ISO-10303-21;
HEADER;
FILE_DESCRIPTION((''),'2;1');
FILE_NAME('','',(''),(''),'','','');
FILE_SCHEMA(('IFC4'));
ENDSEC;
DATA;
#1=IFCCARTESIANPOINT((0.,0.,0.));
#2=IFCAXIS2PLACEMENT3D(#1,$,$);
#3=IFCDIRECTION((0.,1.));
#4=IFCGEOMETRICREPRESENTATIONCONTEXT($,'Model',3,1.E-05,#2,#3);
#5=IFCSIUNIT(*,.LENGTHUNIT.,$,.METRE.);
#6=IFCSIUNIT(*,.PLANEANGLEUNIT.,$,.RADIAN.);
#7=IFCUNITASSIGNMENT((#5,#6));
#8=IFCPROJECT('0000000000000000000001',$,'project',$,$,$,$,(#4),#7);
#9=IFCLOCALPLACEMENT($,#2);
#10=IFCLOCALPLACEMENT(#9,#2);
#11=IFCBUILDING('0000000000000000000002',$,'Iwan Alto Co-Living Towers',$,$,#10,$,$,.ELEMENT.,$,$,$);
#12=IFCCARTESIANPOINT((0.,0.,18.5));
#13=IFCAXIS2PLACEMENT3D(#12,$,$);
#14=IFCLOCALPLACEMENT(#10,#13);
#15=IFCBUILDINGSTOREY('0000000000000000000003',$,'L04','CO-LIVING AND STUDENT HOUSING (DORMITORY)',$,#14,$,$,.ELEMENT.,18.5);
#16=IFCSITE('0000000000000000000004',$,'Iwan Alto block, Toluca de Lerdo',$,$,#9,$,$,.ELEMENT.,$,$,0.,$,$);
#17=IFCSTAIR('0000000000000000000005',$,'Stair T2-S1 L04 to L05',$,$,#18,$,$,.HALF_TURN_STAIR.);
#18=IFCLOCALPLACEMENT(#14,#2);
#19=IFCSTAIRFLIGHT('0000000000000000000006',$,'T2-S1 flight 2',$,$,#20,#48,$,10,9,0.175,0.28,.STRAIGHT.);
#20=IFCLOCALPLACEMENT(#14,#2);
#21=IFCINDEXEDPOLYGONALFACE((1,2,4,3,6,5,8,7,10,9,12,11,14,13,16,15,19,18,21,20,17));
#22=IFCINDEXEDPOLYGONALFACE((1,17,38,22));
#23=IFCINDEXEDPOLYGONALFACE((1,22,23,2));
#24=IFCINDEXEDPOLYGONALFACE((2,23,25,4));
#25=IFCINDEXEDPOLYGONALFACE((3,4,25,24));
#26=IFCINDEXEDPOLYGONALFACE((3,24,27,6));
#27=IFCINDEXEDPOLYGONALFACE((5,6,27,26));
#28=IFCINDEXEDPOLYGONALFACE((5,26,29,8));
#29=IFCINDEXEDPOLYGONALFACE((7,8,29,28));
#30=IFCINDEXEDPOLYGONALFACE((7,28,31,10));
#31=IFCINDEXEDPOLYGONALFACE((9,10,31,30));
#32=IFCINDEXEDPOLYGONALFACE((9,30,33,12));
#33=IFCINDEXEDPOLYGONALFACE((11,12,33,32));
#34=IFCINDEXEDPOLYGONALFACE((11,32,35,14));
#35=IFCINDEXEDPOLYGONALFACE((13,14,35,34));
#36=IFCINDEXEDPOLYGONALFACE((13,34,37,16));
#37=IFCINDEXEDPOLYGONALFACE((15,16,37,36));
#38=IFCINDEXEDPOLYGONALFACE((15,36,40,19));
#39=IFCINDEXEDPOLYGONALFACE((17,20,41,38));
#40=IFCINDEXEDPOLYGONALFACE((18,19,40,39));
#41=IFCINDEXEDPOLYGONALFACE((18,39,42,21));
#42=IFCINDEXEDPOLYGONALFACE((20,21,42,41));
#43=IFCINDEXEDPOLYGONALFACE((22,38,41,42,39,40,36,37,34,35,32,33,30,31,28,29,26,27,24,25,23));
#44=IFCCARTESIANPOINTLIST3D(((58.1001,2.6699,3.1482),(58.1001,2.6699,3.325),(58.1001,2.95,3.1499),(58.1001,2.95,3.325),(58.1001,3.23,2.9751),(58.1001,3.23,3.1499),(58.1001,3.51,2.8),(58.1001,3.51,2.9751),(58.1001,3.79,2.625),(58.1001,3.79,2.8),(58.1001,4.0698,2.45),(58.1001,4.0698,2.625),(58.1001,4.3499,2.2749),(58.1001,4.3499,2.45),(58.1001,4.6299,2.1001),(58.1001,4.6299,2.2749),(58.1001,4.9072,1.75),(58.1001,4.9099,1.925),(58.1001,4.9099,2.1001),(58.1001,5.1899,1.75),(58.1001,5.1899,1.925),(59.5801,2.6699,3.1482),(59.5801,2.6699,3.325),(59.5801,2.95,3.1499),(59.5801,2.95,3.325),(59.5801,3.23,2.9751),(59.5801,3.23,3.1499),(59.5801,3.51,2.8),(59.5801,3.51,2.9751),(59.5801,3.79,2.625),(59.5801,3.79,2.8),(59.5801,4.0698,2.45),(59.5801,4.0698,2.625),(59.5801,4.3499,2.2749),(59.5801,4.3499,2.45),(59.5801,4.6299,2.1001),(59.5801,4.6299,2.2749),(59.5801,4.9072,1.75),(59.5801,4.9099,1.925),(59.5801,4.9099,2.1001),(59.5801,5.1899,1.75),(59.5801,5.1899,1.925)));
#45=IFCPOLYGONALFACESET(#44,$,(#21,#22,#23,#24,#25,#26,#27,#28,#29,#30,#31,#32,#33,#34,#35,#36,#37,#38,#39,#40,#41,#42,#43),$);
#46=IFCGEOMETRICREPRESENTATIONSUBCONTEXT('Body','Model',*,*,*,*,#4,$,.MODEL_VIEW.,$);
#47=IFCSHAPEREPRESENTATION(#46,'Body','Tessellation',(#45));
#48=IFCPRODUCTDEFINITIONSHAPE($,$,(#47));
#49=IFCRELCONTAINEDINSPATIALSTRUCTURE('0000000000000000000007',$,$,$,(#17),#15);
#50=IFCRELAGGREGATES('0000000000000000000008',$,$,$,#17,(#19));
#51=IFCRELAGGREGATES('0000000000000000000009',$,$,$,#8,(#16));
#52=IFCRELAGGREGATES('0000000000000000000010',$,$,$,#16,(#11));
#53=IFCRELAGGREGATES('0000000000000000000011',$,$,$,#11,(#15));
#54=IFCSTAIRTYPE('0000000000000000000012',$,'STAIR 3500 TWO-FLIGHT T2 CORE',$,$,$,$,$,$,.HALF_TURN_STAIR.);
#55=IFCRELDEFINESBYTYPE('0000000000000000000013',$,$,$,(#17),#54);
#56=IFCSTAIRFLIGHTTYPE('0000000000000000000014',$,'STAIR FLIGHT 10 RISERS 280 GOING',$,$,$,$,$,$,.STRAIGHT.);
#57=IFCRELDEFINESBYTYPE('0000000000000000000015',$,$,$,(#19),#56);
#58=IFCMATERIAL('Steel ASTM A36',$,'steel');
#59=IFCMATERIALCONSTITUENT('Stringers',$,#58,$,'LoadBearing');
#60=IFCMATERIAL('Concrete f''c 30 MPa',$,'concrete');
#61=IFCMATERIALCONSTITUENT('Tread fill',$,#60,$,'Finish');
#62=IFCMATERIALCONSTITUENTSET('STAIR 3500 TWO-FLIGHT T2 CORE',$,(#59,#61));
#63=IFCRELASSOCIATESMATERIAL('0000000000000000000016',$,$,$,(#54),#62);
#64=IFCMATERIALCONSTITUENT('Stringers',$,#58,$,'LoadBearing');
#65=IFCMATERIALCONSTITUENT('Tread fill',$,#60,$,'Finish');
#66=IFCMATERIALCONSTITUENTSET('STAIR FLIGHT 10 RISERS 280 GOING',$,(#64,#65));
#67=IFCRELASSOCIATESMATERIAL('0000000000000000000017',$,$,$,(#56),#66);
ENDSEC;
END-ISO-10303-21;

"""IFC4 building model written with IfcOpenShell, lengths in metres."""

from ifc_helpers import new_model, si_unit, direction, frame, origin, place, context, subcontext, project, spatial, polyline, outline, extrude, material, constituent, constituent_set, type_object, element, aggregate, save


model = new_model("IFC4")

# Units and contexts
model_context = context("Model", 3, precision=1e-05, world=origin(), true_north=direction((0.0, 1.0)))
body_context = subcontext(model_context, "Body", "Model", "MODEL_VIEW")
ifc_project = project(units=[si_unit("LENGTHUNIT", "METRE"), si_unit("PLANEANGLEUNIT", "RADIAN")], contexts=[model_context])

# Site, building, storey
site_placement = place(None, origin())
site = spatial("IfcSite", under=ifc_project, at=site_placement, Name="Iwan Alto block, Toluca de Lerdo", CompositionType="ELEMENT", RefElevation=0.0)
building_placement = place(site_placement, origin())
building = spatial("IfcBuilding", under=site, at=building_placement, Name="Iwan Alto Co-Living Towers", CompositionType="ELEMENT")
storey_placement = place(building_placement, frame((0.0, 0.0, 18.5)))
storey = spatial("IfcBuildingStorey", under=building, at=storey_placement, Name="L04", Description="CO-LIVING AND STUDENT HOUSING (DORMITORY)", CompositionType="ELEMENT", Elevation=18.5)

# Stair, stair flight
ifc_material_1 = material(Name="Steel ASTM A36", Category="steel")
ifc_constituent_1 = constituent(ifc_material_1, Name="Stringers", Category="LoadBearing")
ifc_material_2 = material(Name="Concrete f'c 30 MPa", Category="concrete")
ifc_constituent_2 = constituent(ifc_material_2, Name="Tread fill", Category="Finish")
ifc_constituent_set_1 = constituent_set(constituents=[ifc_constituent_1, ifc_constituent_2], Name="STAIR 3500 TWO-FLIGHT T2 CORE")
stair_type = type_object("IfcStairType", Name="STAIR 3500 TWO-FLIGHT T2 CORE", PredefinedType="HALF_TURN_STAIR", material=ifc_constituent_set_1)
stair_placement = place(storey_placement, origin())
stair = element("IfcStair", 1, at=stair_placement, inside=storey, type_object=stair_type, Name="Stair T2-S1 L04 to L05", PredefinedType="HALF_TURN_STAIR")
ifc_constituent_3 = constituent(ifc_material_1, Name="Stringers", Category="LoadBearing")
ifc_constituent_4 = constituent(ifc_material_2, Name="Tread fill", Category="Finish")
ifc_constituent_set_2 = constituent_set(constituents=[ifc_constituent_3, ifc_constituent_4], Name="STAIR FLIGHT 10 RISERS 280 GOING")
stair_flight_type = type_object("IfcStairFlightType", Name="STAIR FLIGHT 10 RISERS 280 GOING", PredefinedType="STRAIGHT", material=ifc_constituent_set_2)
stair_flight_placement = place(storey_placement, frame((58.8401, 5.1899, 1.75), z_axis=(0.0, 0.0, 1.0), x_axis=(0.0, -1.0, 0.0)))
stair_flight = element("IfcStairFlight", 2, at=stair_flight_placement, type_object=stair_flight_type, Name="T2-S1 flight 2", NumberOfRisers=10, NumberOfTreads=9, PredefinedType="STRAIGHT", RiserHeight=0.175, TreadLength=0.28, context=body_context, shape_type="SweptSolid", body=[
    extrude(outline(polyline([(0.0, 0.0), (0.0, 0.175), (0.28, 0.175), (0.28, 0.3501), (0.5601, 0.3501), (0.5601, 0.5249), (0.8401, 0.5249), (0.8401, 0.7), (1.1201, 0.7), (1.1201, 0.875), (1.3999, 0.875), (1.3999, 1.05), (1.6799, 1.05), (1.6799, 1.2251), (1.96, 1.2251), (1.96, 1.3999), (2.24, 1.3999), (2.24, 1.575), (2.52, 1.575), (2.52, 1.75), (2.52, 1.3982), (0.2827, 0.0), (0.0, 0.0)])), frame((0.0, 0.74, 0.0), z_axis=(0.0, -1.0, 0.0), x_axis=(1.0, 0.0, 0.0)), (0.0, 0.0, 1.0), 1.48),
])
aggregate(stair, [stair_flight])

save(model, "model.ifc")
